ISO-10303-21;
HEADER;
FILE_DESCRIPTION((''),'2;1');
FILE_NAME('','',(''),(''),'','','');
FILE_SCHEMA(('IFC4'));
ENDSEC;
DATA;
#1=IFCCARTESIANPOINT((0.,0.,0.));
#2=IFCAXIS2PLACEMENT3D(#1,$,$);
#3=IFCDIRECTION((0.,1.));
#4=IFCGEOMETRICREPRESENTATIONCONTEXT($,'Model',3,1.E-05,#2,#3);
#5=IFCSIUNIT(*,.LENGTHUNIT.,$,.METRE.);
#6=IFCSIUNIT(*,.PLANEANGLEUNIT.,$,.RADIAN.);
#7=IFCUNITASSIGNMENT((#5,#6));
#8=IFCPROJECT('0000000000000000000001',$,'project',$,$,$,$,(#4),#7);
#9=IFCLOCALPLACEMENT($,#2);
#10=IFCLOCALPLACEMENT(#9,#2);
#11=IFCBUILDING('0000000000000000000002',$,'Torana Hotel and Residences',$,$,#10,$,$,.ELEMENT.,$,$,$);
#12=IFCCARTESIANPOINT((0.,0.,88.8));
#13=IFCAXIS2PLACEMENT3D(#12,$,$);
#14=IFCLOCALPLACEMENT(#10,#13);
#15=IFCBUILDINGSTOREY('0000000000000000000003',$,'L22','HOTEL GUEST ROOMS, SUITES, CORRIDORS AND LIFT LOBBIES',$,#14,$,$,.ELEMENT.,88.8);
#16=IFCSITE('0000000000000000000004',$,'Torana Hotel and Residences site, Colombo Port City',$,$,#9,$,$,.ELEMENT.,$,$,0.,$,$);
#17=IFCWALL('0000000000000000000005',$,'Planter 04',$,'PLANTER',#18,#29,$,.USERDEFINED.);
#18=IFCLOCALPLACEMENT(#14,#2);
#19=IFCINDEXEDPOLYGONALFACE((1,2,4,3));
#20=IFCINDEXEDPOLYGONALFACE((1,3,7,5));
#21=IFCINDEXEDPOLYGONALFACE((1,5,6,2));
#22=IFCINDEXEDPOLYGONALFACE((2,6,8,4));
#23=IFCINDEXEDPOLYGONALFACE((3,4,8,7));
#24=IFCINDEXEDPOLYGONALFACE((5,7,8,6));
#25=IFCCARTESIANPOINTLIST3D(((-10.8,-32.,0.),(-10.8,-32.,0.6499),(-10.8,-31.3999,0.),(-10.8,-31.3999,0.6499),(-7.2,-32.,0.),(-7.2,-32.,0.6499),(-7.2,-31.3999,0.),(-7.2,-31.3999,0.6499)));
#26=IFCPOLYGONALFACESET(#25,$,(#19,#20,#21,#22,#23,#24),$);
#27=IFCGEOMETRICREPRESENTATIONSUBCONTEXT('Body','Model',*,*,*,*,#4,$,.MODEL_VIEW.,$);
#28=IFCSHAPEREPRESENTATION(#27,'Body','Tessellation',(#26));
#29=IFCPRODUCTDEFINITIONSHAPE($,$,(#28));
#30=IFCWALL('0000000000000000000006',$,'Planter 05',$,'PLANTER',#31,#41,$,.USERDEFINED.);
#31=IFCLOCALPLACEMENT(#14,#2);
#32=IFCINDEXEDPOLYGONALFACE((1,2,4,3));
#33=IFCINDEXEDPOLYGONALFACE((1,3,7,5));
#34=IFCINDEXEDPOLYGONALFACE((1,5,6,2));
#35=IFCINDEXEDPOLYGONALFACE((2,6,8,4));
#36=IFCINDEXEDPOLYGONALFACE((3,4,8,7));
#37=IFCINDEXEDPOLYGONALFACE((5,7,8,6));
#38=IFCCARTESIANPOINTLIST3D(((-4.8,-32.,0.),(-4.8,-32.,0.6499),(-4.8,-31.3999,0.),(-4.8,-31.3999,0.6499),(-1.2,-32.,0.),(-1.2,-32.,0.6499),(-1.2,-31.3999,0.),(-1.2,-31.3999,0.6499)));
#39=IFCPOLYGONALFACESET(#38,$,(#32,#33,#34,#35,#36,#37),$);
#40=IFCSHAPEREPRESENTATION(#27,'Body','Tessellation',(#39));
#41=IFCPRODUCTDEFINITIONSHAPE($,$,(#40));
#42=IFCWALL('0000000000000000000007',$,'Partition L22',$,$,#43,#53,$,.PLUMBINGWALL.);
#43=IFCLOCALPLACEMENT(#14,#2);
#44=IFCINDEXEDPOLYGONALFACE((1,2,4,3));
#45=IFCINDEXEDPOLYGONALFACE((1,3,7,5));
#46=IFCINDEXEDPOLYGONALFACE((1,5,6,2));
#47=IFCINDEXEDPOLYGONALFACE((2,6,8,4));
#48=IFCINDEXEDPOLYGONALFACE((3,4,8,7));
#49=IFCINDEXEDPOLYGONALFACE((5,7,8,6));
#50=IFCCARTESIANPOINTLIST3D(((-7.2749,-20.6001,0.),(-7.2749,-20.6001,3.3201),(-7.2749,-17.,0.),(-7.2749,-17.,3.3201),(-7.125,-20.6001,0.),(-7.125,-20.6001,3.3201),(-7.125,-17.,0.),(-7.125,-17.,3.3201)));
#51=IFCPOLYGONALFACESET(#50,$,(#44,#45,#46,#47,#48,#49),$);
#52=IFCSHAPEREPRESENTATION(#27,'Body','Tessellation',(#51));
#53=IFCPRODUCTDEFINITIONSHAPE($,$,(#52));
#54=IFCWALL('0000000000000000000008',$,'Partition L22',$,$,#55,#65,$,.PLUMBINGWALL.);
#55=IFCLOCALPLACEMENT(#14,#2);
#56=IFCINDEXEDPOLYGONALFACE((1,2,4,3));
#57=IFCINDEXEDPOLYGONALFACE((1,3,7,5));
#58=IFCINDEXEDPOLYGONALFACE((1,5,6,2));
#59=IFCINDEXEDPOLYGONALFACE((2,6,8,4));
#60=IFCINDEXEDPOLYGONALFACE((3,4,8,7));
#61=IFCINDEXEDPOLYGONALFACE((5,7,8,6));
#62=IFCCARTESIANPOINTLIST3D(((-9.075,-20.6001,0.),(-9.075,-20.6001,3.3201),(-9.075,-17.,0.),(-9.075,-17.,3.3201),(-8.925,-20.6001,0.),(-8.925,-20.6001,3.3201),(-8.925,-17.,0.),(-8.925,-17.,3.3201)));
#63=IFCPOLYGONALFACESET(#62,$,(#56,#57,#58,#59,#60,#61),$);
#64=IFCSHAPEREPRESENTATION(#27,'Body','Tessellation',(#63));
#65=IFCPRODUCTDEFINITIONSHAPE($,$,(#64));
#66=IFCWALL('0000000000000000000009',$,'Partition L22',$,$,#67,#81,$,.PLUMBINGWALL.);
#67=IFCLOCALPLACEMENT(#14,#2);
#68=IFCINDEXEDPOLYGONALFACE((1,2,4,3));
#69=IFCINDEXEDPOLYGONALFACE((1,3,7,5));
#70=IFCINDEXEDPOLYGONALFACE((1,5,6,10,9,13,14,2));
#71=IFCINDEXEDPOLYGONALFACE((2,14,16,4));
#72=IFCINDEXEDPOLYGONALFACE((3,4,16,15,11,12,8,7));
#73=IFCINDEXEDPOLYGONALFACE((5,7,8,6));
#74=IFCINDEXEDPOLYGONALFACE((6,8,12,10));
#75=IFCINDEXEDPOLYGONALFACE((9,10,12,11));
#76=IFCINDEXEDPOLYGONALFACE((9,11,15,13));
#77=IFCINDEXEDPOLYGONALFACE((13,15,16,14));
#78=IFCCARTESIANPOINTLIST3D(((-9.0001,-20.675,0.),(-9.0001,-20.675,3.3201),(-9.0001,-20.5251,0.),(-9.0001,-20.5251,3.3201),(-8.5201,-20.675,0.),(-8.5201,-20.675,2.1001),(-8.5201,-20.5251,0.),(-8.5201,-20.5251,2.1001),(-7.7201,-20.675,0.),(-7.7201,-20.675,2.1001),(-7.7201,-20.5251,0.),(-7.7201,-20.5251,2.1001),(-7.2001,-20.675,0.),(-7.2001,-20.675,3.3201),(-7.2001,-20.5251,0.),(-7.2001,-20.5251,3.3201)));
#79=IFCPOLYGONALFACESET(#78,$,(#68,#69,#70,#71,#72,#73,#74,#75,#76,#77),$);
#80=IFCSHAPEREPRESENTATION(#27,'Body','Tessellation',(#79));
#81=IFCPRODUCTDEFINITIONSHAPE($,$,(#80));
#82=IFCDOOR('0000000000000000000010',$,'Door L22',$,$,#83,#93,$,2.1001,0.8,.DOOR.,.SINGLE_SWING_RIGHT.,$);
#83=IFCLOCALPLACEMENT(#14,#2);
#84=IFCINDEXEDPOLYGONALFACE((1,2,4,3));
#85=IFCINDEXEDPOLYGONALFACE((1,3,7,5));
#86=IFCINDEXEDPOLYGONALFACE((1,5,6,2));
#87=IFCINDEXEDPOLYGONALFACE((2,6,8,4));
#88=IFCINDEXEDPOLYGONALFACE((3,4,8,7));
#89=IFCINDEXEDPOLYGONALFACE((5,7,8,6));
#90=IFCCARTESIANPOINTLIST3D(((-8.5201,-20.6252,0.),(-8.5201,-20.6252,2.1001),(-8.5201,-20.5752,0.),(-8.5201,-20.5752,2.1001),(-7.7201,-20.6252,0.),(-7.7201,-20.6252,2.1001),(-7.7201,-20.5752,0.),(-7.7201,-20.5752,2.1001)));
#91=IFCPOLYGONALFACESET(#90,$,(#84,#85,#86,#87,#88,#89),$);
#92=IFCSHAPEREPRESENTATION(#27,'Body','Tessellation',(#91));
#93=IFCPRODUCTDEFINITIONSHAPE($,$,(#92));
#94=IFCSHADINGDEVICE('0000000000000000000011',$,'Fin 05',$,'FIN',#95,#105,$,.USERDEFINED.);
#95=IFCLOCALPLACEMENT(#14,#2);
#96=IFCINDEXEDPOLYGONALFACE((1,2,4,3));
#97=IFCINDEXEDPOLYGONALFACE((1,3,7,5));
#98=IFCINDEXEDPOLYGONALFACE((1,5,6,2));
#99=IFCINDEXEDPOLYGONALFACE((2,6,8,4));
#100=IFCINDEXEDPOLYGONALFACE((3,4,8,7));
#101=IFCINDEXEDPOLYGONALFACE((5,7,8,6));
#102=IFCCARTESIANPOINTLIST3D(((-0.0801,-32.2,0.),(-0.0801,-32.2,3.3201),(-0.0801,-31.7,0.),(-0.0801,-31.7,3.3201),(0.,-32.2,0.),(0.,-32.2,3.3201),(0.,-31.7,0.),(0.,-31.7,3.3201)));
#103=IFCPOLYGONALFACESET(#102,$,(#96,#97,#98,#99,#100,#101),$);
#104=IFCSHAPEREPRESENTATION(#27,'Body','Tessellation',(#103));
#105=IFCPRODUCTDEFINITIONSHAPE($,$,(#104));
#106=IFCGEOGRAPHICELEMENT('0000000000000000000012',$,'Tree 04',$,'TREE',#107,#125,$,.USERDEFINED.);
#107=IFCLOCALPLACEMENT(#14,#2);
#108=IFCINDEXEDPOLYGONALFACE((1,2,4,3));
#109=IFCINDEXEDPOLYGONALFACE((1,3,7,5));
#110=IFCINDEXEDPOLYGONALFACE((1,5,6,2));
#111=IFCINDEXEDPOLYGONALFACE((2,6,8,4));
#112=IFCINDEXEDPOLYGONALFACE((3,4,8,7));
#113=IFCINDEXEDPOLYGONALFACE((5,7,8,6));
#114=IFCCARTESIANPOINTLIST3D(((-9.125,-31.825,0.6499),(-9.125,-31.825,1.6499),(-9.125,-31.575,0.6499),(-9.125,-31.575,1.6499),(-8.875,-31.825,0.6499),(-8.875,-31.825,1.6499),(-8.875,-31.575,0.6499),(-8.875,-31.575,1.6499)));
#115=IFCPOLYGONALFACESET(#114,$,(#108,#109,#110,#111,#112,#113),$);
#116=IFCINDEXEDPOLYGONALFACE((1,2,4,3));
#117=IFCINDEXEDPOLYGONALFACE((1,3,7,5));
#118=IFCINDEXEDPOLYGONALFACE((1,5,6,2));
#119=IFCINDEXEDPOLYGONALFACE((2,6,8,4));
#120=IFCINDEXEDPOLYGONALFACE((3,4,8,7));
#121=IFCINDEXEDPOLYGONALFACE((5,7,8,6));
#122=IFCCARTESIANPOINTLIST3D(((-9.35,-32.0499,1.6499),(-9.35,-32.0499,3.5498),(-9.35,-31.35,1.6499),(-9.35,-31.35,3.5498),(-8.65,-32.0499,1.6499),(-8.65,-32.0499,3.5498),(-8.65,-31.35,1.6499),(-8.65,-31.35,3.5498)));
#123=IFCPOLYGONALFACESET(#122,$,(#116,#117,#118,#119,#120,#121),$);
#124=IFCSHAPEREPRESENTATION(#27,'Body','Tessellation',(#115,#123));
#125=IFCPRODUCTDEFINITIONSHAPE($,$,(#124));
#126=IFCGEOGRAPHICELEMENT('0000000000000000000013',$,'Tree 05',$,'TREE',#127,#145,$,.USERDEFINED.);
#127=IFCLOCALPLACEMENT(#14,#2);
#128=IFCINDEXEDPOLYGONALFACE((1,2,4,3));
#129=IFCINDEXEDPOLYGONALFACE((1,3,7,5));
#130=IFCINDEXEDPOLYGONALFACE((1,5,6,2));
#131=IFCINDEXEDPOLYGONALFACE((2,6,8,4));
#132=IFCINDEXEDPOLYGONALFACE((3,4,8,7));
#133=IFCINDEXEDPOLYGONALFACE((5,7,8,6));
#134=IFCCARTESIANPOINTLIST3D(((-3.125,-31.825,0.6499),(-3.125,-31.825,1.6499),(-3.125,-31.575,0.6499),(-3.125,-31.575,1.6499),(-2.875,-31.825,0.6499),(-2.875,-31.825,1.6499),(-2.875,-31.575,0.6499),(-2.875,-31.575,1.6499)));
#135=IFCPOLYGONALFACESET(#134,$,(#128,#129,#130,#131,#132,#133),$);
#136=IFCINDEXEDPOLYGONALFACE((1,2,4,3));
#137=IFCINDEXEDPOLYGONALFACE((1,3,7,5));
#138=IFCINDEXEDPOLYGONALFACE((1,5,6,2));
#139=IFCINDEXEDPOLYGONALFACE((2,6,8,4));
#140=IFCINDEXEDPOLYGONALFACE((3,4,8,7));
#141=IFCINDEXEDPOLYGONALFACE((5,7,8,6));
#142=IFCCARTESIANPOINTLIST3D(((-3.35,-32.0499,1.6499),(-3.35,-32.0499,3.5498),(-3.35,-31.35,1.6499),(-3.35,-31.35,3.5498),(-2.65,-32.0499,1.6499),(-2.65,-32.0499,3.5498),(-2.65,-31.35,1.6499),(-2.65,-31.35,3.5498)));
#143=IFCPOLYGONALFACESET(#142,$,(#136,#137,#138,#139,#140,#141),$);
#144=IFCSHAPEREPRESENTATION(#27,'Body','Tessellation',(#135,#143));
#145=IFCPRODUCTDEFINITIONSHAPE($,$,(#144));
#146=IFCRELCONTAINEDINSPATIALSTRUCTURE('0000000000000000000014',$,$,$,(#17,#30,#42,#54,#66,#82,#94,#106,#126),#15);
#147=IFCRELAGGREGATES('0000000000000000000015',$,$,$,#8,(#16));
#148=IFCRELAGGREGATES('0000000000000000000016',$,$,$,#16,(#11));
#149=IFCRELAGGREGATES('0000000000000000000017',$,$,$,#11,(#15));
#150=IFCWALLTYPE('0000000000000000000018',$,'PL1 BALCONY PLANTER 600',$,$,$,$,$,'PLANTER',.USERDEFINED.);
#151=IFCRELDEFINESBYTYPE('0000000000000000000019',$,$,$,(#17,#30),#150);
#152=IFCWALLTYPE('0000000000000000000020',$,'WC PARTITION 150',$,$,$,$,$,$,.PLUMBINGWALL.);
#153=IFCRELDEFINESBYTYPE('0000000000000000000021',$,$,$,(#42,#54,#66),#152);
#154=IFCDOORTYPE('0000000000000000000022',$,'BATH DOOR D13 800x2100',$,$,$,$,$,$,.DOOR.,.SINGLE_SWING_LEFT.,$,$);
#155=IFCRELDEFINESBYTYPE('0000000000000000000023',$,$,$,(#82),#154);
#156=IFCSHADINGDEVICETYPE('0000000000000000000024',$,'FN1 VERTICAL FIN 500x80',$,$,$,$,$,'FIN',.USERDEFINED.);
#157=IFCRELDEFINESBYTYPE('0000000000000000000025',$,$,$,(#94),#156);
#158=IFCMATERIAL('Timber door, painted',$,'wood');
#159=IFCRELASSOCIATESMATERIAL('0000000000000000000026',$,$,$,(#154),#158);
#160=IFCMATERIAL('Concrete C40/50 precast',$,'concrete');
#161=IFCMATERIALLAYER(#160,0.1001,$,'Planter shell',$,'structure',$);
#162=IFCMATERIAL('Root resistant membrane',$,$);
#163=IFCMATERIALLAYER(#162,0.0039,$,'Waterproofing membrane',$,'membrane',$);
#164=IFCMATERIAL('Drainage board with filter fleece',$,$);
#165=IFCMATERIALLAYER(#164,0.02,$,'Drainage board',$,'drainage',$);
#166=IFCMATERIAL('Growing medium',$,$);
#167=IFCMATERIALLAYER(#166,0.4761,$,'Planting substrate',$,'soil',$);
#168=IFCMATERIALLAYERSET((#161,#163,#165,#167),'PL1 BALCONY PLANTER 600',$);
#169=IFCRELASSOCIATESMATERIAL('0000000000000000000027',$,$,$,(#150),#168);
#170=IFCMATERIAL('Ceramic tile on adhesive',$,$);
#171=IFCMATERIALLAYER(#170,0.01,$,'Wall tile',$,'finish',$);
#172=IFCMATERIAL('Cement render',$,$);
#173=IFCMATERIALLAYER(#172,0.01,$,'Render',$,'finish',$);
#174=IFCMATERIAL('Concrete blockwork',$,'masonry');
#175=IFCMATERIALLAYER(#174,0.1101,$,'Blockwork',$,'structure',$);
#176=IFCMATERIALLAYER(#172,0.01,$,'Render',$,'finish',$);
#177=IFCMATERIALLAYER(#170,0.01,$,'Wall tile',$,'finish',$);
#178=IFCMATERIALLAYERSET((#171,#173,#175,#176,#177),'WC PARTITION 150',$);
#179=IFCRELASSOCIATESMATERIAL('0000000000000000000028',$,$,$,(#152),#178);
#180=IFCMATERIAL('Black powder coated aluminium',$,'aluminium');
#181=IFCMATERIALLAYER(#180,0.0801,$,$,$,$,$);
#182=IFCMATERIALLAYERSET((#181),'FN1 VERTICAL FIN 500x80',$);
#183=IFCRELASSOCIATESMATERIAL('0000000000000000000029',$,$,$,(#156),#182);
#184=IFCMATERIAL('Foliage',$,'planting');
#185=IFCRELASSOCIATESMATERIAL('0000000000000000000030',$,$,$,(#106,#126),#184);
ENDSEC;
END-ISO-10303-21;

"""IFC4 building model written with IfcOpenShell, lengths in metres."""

from ifc_helpers import new_model, si_unit, direction, frame, frame_2d, origin, origin_2d, place, context, subcontext, project, spatial, rectangle, extrude, material, layer, layer_set, type_object, element, fill, save


model = new_model("IFC4")

# Units and contexts
model_context = context("Model", 3, precision=1e-05, world=origin(), true_north=direction((0.0, 1.0)))
body_context = subcontext(model_context, "Body", "Model", "MODEL_VIEW")
ifc_project = project(units=[si_unit("LENGTHUNIT", "METRE"), si_unit("PLANEANGLEUNIT", "RADIAN")], contexts=[model_context])

# Site, building, storey
site_placement = place(None, origin())
site = spatial("IfcSite", under=ifc_project, at=site_placement, Name="Torana Hotel and Residences site, Colombo Port City", CompositionType="ELEMENT", RefElevation=0.0)
building_placement = place(site_placement, origin())
building = spatial("IfcBuilding", under=site, at=building_placement, Name="Torana Hotel and Residences", CompositionType="ELEMENT")
storey_placement = place(building_placement, frame((0.0, 0.0, 88.8)))
storey = spatial("IfcBuildingStorey", under=building, at=storey_placement, Name="L22", Description="HOTEL GUEST ROOMS, SUITES, CORRIDORS AND LIFT LOBBIES", CompositionType="ELEMENT", Elevation=88.8)

# Shared definitions
ifc_material_1 = material(Name="Timber door, painted", Category="wood")
door_type_1 = type_object("IfcDoorType", Name="BATH DOOR D13 800x2100", OperationType="SINGLE_SWING_LEFT", PredefinedType="DOOR", material=ifc_material_1)

# Walls
ifc_material_2 = material(Name="Concrete C40/50 precast", Category="concrete")
ifc_layer_1 = layer(ifc_material_2, 0.1001, Name="Planter shell", Category="structure")
ifc_material_3 = material(Name="Root resistant membrane")
ifc_layer_2 = layer(ifc_material_3, 0.0039, Name="Waterproofing membrane", Category="membrane")
ifc_material_4 = material(Name="Drainage board with filter fleece")
ifc_layer_3 = layer(ifc_material_4, 0.02, Name="Drainage board", Category="drainage")
ifc_material_5 = material(Name="Growing medium")
ifc_layer_4 = layer(ifc_material_5, 0.4761, Name="Planting substrate", Category="soil")
ifc_layer_set_1 = layer_set([ifc_layer_1, ifc_layer_2, ifc_layer_3, ifc_layer_4], Name="PL1 BALCONY PLANTER 600")
wall_type_1 = type_object("IfcWallType", Name="PL1 BALCONY PLANTER 600", ElementType="PLANTER", PredefinedType="USERDEFINED", material=ifc_layer_set_1)
for number, where, z_axis, x_axis, name in (
    (1, (-7.2, -31.7, 0.0), (0.0, 0.0, 1.0), (-1.0, 0.0, 0.0), "Planter 04"),
    (2, (-1.2, -31.7, 0.0), (0.0, 0.0, 1.0), (-1.0, 0.0, 0.0), "Planter 05"),
):
    element("IfcWall", number, at=place(storey_placement, frame(where, z_axis=z_axis, x_axis=x_axis)), inside=storey, type_object=wall_type_1, Name=name, ObjectType="PLANTER", PredefinedType="USERDEFINED", context=body_context, shape_type="SweptSolid", body=[
        extrude(rectangle(XDim=3.6001, YDim=0.6001, at=frame_2d((1.8, 0.0))), origin(), (0.0, 0.0, 1.0), 0.6499),
    ])
ifc_material_6 = material(Name="Ceramic tile on adhesive")
ifc_layer_5 = layer(ifc_material_6, 0.01, Name="Wall tile", Category="finish")
ifc_material_7 = material(Name="Cement render")
ifc_layer_6 = layer(ifc_material_7, 0.01, Name="Render", Category="finish")
ifc_material_8 = material(Name="Concrete blockwork", Category="masonry")
ifc_layer_7 = layer(ifc_material_8, 0.1101, Name="Blockwork", Category="structure")
ifc_layer_8 = layer(ifc_material_7, 0.01, Name="Render", Category="finish")
ifc_layer_9 = layer(ifc_material_6, 0.01, Name="Wall tile", Category="finish")
ifc_layer_set_2 = layer_set([ifc_layer_5, ifc_layer_6, ifc_layer_7, ifc_layer_8, ifc_layer_9], Name="WC PARTITION 150")
wall_type_2 = type_object("IfcWallType", Name="WC PARTITION 150", PredefinedType="PLUMBINGWALL", material=ifc_layer_set_2)
for number, where, z_axis, x_axis, name in (
    (3, (-7.2, -20.6001, 0.0), (0.0, 0.0, 1.0), (0.0, 1.0, 0.0), "Partition L22"),
    (4, (-9.0, -20.6001, 0.0), (0.0, 0.0, 1.0), (0.0, 1.0, 0.0), "Partition L22"),
):
    element("IfcWall", number, at=place(storey_placement, frame(where, z_axis=z_axis, x_axis=x_axis)), inside=storey, type_object=wall_type_2, Name=name, PredefinedType="PLUMBINGWALL", context=body_context, shape_type="SweptSolid", body=[
        extrude(rectangle(XDim=3.6001, YDim=0.1499, at=frame_2d((1.8, 0.0))), origin(), (0.0, 0.0, 1.0), 3.3201),
    ])

# Wall, opening, door
wall_1_placement = place(storey_placement, frame((-9.0, -20.6001, 0.0), z_axis=(0.0, 0.0, 1.0), x_axis=(1.0, 0.0, 0.0)))
wall_1 = element("IfcWall", 5, at=wall_1_placement, inside=storey, type_object=wall_type_2, Name="Partition L22", PredefinedType="PLUMBINGWALL", context=body_context, shape_type="SweptSolid", body=[
    extrude(rectangle(XDim=1.8, YDim=0.1499, at=frame_2d((0.8999, 0.0))), origin(), (0.0, 0.0, 1.0), 3.3201),
])
opening_1_placement = place(wall_1_placement, frame((0.48, 0.0, 0.0)))
opening_1 = element("IfcOpeningElement", 6, at=opening_1_placement, cuts=wall_1, PredefinedType="OPENING", context=body_context, shape_type="SweptSolid", body=[
    extrude(rectangle(XDim=0.8, YDim=2.1001, at=frame_2d((0.3999, 1.05))), frame((0.0, 0.085, 0.0), z_axis=(0.0, -1.0, 0.0), x_axis=(1.0, 0.0, 0.0)), (0.0, 0.0, 1.0), 0.1699),
])
door_1_placement = place(opening_1_placement, origin())
door_1 = element("IfcDoor", 7, at=door_1_placement, inside=storey, type_object=door_type_1, Name="Door L22", OperationType="SINGLE_SWING_RIGHT", OverallHeight=2.1001, OverallWidth=0.8, PredefinedType="DOOR", context=body_context, shape_type="SweptSolid", body=[
    extrude(rectangle(XDim=0.8, YDim=2.1001, at=frame_2d((0.3999, 1.05))), frame((0.0, 0.0249, 0.0), z_axis=(0.0, -1.0, 0.0), x_axis=(1.0, 0.0, 0.0)), (0.0, 0.0, 1.0), 0.05),
])
fill(opening_1, door_1)

# Shading device
ifc_material_9 = material(Name="Black powder coated aluminium", Category="aluminium")
ifc_layer_10 = layer(ifc_material_9, 0.0801)
ifc_layer_set_3 = layer_set([ifc_layer_10], Name="FN1 VERTICAL FIN 500x80")
shading_device_type = type_object("IfcShadingDeviceType", Name="FN1 VERTICAL FIN 500x80", ElementType="FIN", PredefinedType="USERDEFINED", material=ifc_layer_set_3)
shading_device_placement = place(storey_placement, frame((-0.04, -31.95, 0.0), z_axis=(0.0, 0.0, 1.0), x_axis=(-1.0, 0.0, 0.0)))
element("IfcShadingDevice", 8, at=shading_device_placement, inside=storey, type_object=shading_device_type, Name="Fin 05", ObjectType="FIN", PredefinedType="USERDEFINED", context=body_context, shape_type="SweptSolid", body=[
    extrude(rectangle(XDim=0.0801, YDim=0.5, at=origin_2d()), origin(), (0.0, 0.0, 1.0), 3.3201),
])

# Geographic elements
ifc_material_10 = material(Name="Foliage", Category="planting")
for number, where, z_axis, x_axis, name in (
    (9, (-9.0, -31.7, 0.6499), (0.0, 0.0, 1.0), (1.0, 0.0, 0.0), "Tree 04"),
    (10, (-3.0, -31.7, 0.6499), (0.0, 0.0, 1.0), (1.0, 0.0, 0.0), "Tree 05"),
):
    element("IfcGeographicElement", number, at=place(storey_placement, frame(where, z_axis=z_axis, x_axis=x_axis)), inside=storey, material=ifc_material_10, Name=name, ObjectType="TREE", PredefinedType="USERDEFINED", context=body_context, shape_type="SweptSolid", body=[
        extrude(rectangle(XDim=0.25, YDim=0.25, at=origin_2d()), origin(), (0.0, 0.0, 1.0), 1.0),
        extrude(rectangle(XDim=0.7, YDim=0.7, at=origin_2d()), frame((0.0, 0.0, 1.0)), (0.0, 0.0, 1.0), 1.8999),
    ])

save(model, "model.ifc")
